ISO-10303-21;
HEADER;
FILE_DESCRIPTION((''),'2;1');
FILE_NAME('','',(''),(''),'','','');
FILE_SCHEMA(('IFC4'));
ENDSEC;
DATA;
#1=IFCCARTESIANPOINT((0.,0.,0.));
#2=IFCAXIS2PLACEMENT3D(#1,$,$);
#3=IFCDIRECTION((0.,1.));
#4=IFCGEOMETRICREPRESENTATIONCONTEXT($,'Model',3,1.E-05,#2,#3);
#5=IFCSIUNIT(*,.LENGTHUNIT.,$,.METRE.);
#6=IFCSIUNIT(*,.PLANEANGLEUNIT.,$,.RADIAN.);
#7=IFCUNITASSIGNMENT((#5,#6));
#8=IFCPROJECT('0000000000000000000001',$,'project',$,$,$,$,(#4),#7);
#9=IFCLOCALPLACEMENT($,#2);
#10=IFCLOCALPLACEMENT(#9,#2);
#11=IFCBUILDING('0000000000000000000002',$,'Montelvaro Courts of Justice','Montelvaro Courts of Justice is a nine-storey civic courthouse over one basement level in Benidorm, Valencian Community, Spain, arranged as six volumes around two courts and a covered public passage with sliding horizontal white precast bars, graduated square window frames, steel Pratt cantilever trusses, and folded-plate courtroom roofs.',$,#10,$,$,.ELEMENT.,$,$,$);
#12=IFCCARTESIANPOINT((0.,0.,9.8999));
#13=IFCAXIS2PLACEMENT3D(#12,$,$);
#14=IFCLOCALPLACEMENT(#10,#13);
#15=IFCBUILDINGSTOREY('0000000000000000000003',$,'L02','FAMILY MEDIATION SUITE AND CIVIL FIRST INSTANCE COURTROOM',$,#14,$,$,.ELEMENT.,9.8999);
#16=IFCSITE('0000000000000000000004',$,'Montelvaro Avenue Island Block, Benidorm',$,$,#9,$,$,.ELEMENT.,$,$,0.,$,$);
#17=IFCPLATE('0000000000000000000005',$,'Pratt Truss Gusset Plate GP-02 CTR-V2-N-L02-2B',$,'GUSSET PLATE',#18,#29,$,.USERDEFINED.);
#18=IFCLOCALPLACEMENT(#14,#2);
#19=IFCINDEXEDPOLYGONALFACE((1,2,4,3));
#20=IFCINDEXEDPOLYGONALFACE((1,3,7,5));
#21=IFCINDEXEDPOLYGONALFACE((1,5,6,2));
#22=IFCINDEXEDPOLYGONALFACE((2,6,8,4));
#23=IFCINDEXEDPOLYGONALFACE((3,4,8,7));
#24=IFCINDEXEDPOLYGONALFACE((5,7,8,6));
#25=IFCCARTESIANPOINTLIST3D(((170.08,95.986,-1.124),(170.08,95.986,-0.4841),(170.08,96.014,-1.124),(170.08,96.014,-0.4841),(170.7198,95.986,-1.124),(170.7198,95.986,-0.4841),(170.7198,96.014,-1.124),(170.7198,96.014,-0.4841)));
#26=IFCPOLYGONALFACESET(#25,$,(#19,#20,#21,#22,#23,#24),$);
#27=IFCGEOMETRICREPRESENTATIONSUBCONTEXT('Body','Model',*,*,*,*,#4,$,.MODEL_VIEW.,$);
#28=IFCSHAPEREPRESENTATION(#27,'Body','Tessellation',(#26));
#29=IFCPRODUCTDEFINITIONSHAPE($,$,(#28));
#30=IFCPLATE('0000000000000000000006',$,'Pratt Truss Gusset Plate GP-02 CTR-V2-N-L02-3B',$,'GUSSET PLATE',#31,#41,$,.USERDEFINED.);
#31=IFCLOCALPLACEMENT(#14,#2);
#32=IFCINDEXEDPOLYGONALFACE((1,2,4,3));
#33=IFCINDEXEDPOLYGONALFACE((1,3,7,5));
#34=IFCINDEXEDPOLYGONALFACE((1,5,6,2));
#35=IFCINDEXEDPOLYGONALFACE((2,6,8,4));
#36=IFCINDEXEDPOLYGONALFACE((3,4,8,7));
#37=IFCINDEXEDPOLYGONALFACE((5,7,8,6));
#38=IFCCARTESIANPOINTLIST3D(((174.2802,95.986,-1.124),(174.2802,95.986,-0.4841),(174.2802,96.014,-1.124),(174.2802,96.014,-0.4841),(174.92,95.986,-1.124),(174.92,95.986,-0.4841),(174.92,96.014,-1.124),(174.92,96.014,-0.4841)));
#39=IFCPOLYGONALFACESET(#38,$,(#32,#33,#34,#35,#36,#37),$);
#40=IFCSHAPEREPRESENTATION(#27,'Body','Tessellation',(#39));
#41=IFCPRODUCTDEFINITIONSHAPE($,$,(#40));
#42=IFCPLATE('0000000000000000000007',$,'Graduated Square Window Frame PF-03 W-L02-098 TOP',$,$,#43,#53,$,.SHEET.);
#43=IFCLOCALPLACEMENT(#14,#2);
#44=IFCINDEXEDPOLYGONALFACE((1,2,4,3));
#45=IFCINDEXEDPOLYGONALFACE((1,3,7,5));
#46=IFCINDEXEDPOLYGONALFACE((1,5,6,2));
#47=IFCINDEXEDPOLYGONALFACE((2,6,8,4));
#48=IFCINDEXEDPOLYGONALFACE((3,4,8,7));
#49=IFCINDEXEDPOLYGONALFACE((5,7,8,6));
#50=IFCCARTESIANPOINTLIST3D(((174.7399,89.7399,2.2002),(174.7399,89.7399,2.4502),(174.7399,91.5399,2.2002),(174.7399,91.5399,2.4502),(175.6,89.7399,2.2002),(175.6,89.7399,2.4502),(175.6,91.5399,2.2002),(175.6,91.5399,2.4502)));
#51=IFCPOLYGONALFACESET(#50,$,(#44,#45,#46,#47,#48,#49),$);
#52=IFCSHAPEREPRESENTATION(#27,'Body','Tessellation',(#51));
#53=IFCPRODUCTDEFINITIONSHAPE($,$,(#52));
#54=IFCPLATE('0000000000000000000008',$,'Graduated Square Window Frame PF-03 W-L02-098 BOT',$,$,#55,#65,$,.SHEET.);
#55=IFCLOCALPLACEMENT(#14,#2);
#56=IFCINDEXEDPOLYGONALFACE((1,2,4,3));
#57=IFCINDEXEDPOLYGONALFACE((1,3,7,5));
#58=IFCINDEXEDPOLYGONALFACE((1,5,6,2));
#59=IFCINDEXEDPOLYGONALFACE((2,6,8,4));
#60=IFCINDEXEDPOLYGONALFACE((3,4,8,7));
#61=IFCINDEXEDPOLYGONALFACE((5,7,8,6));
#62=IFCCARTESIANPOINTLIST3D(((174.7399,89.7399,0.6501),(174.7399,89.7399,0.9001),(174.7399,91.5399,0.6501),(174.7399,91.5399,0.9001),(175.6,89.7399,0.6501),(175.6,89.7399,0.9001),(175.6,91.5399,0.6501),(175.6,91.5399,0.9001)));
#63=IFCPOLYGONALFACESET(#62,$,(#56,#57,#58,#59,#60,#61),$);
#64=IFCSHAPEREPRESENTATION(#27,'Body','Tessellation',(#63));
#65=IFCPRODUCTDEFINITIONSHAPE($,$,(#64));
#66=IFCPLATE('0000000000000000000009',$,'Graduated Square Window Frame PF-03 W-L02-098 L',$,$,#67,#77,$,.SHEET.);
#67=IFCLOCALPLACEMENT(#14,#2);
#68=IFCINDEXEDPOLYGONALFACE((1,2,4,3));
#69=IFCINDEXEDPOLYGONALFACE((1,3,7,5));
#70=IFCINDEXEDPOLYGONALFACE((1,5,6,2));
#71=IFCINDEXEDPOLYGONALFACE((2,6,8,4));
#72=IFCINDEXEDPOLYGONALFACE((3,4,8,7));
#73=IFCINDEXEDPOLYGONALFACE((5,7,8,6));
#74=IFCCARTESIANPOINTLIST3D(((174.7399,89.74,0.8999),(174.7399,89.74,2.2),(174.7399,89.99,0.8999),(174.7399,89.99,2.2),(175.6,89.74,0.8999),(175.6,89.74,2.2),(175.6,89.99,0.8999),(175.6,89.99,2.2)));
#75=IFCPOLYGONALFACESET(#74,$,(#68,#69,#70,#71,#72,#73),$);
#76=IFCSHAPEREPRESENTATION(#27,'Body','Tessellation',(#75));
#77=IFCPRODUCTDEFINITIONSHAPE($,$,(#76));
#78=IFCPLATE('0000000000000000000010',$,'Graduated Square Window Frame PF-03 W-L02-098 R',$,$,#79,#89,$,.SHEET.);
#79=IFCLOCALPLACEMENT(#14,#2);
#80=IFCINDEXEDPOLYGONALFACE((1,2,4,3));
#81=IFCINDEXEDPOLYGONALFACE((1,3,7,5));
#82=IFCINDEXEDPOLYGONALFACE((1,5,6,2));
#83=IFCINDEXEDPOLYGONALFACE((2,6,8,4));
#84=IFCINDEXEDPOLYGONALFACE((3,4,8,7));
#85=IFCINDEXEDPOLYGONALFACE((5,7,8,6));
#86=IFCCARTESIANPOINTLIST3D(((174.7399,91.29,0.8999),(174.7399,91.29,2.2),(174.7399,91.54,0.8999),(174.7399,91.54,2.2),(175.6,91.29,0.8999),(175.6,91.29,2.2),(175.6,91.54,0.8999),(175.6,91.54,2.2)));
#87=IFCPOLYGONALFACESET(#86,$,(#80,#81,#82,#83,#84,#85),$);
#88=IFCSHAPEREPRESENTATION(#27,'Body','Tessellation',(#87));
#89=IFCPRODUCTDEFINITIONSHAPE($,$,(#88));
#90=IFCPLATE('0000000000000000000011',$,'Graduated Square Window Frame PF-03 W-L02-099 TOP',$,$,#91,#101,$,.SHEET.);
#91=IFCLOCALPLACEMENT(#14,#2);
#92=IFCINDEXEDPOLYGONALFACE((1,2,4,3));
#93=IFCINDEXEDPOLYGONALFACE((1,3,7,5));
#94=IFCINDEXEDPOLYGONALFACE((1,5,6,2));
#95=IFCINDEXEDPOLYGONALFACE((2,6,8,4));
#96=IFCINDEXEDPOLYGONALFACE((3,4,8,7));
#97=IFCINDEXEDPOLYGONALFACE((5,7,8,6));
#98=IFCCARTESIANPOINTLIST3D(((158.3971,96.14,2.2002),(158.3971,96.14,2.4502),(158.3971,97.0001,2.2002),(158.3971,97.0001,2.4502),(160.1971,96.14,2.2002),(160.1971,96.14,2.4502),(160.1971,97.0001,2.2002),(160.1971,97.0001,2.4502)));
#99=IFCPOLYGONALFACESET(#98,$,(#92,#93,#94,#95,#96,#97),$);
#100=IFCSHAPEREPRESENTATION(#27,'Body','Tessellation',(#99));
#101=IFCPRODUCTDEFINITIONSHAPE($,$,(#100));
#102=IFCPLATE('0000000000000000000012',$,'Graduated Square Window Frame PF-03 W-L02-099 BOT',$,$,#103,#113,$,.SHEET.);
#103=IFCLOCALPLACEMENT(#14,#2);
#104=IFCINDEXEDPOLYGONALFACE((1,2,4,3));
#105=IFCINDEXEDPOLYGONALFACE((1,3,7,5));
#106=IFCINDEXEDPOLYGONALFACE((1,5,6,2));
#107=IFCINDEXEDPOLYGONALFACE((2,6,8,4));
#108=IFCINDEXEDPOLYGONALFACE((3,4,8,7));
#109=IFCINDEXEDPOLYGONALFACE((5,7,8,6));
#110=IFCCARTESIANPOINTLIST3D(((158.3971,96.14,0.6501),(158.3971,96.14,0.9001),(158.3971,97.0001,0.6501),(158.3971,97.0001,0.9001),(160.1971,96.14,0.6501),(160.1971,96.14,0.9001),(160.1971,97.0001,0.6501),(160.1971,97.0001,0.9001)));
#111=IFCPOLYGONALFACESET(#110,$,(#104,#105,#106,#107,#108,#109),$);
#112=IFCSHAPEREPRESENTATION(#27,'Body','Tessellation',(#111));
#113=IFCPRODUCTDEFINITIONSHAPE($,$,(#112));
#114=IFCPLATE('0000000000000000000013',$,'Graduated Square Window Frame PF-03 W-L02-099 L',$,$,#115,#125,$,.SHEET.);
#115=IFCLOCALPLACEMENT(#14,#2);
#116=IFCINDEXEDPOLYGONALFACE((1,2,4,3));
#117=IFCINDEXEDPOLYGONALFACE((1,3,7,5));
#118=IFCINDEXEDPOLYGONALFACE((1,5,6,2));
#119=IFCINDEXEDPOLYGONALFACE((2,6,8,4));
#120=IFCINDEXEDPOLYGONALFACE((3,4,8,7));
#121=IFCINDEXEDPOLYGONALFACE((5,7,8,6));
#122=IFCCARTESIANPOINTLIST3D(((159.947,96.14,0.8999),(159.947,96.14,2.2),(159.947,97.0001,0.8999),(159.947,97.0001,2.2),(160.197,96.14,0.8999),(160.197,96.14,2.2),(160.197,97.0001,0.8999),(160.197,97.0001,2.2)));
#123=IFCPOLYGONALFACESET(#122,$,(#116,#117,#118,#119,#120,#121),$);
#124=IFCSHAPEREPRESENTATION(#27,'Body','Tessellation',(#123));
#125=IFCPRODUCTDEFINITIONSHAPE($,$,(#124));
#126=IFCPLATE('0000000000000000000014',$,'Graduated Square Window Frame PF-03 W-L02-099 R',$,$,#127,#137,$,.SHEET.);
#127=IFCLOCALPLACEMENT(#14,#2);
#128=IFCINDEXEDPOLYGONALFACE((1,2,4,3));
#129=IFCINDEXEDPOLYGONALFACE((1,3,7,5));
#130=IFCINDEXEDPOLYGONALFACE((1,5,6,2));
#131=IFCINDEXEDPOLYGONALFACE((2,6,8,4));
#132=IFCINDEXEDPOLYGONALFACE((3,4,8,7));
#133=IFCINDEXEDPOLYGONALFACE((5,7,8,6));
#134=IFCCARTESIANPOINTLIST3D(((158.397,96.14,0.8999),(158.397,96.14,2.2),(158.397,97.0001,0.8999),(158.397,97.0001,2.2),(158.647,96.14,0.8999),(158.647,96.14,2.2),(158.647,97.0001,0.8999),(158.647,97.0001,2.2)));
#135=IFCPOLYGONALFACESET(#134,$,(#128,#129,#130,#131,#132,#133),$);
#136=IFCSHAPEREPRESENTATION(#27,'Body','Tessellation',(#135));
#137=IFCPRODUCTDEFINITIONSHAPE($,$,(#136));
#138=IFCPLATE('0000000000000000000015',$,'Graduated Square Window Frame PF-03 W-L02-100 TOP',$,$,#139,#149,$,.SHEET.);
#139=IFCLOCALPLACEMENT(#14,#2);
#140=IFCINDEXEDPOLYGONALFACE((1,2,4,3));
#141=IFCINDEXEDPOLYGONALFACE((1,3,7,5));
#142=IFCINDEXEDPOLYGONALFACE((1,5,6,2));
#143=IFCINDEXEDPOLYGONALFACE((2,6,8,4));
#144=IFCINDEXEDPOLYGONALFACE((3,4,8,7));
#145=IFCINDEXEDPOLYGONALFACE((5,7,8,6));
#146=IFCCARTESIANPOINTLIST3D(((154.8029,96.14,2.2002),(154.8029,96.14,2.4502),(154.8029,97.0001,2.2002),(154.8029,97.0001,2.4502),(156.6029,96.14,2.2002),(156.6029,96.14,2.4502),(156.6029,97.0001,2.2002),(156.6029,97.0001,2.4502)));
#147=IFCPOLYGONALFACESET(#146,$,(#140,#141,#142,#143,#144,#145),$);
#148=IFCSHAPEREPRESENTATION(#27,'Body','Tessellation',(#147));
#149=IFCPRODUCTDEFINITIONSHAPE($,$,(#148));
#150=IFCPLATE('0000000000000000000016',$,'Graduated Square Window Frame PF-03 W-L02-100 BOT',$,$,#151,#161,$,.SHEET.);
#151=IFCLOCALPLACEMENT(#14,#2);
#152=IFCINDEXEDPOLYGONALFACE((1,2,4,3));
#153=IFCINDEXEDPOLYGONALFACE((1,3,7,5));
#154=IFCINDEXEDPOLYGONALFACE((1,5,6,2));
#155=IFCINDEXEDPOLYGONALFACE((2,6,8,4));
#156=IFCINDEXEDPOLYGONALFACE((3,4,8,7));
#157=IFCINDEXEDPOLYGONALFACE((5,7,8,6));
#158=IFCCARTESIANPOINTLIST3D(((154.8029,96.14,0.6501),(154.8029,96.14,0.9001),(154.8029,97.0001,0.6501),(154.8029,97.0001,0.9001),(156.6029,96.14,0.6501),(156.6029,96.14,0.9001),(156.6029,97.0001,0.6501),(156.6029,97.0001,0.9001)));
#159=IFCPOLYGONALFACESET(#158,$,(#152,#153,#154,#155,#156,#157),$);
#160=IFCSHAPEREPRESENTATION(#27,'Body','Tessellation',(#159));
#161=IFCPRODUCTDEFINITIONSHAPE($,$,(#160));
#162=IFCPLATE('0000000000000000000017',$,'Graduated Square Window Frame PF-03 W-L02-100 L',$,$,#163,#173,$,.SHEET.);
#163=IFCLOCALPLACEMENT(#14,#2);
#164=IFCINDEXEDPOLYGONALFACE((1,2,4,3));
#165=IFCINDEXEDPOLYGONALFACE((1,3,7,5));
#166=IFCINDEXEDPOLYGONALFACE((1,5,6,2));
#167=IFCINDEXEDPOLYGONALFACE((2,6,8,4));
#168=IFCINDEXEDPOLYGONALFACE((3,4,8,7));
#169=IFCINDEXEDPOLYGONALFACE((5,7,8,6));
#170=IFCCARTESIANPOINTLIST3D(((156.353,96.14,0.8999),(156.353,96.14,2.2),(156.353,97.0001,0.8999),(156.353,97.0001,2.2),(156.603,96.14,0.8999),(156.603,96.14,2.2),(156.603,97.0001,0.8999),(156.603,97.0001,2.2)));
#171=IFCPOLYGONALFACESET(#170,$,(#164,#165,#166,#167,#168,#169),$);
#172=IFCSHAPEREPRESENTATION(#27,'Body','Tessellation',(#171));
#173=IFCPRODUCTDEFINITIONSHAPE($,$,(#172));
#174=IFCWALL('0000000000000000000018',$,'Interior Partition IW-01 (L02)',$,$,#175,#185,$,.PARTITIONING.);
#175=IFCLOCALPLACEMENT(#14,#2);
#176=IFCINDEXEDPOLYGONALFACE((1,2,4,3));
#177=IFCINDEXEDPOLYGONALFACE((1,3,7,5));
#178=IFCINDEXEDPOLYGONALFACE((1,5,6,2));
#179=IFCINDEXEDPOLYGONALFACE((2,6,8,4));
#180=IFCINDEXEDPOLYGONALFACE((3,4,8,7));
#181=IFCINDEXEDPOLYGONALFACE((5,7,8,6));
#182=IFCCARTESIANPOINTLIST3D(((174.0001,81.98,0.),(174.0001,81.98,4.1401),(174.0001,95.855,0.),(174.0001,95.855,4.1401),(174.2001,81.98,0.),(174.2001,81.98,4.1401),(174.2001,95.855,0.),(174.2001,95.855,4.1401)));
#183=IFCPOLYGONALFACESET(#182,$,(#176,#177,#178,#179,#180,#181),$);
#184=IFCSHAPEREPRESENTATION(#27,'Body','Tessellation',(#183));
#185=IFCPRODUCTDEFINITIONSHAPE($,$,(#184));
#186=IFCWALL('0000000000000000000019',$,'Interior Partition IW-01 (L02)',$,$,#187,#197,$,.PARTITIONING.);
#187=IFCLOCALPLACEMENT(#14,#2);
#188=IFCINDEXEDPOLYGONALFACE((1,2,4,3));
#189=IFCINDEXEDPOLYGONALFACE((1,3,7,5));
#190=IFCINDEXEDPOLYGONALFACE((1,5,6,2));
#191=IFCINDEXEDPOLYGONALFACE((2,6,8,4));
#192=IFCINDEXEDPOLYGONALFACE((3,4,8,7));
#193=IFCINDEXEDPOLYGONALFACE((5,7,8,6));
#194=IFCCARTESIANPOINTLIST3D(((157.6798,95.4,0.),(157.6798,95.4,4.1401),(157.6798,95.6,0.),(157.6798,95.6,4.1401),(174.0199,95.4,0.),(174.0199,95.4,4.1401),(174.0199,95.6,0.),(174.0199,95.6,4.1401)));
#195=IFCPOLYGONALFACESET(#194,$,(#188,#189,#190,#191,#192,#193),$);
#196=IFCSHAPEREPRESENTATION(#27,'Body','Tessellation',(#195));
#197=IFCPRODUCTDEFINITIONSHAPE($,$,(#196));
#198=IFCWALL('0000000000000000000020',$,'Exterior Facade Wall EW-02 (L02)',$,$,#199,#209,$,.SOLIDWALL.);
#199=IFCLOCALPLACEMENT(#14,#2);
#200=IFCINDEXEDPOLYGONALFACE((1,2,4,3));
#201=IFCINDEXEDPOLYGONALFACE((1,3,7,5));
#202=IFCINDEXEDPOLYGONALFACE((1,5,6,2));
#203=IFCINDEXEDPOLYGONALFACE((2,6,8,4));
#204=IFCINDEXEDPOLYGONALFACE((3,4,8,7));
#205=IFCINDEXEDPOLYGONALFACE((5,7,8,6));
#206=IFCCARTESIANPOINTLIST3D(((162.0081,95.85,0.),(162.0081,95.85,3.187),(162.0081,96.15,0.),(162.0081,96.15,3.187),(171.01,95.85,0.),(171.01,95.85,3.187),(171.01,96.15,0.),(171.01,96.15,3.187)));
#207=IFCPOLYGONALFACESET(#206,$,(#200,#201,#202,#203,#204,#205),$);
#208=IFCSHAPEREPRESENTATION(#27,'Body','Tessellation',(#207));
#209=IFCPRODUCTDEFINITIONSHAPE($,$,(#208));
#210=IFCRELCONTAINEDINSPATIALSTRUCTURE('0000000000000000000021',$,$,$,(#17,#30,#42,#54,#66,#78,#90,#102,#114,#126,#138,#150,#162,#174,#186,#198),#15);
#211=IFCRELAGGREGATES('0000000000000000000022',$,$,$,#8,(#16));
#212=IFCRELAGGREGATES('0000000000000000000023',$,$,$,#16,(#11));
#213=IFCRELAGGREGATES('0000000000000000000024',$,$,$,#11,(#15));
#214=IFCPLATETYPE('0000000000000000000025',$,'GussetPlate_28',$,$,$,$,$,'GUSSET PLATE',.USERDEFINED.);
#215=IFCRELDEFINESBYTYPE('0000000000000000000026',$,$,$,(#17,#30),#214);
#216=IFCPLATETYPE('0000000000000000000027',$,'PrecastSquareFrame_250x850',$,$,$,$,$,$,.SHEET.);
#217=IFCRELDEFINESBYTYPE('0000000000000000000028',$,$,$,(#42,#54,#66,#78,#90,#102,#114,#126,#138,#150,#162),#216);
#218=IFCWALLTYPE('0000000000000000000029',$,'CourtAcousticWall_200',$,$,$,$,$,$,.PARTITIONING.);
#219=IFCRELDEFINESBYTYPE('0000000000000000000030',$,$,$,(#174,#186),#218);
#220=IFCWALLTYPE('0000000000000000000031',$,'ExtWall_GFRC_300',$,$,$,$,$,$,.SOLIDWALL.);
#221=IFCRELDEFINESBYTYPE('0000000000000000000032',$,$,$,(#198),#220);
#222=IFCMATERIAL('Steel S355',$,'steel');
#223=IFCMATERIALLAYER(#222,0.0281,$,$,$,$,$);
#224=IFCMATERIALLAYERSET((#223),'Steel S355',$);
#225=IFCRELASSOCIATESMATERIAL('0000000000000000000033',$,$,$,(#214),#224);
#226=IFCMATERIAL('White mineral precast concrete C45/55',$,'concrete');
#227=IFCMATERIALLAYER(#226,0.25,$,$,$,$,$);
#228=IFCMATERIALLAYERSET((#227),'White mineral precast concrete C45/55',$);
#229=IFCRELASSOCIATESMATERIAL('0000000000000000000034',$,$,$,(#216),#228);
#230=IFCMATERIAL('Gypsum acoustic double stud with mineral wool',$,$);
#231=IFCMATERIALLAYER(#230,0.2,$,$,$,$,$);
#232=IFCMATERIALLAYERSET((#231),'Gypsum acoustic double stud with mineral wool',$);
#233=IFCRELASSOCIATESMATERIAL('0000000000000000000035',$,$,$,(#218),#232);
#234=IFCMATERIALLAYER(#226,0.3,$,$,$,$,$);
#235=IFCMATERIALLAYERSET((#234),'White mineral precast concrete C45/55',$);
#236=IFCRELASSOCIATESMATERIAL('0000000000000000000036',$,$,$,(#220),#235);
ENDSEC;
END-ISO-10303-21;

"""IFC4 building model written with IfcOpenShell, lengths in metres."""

from ifc_helpers import new_model, si_unit, direction, frame, frame_2d, origin, origin_2d, place, context, subcontext, project, spatial, rectangle, extrude, material, layer, layer_set, type_object, element, save


model = new_model("IFC4")

# Units and contexts
model_context = context("Model", 3, precision=1e-05, world=origin(), true_north=direction((0.0, 1.0)))
body_context = subcontext(model_context, "Body", "Model", "MODEL_VIEW")
ifc_project = project(units=[si_unit("LENGTHUNIT", "METRE"), si_unit("PLANEANGLEUNIT", "RADIAN")], contexts=[model_context])

# Site, building, storey
site_placement = place(None, origin())
site = spatial("IfcSite", under=ifc_project, at=site_placement, Name="Montelvaro Avenue Island Block, Benidorm", CompositionType="ELEMENT", RefElevation=0.0)
building_placement = place(site_placement, origin())
building = spatial("IfcBuilding", under=site, at=building_placement, Name="Montelvaro Courts of Justice", Description="Montelvaro Courts of Justice is a nine-storey civic courthouse over one basement level in Benidorm, Valencian Community, Spain, arranged as six volumes around two courts and a covered public passage with sliding horizontal white precast bars, graduated square window frames, steel Pratt cantilever trusses, and folded-plate courtroom roofs.", CompositionType="ELEMENT")
storey_placement = place(building_placement, frame((0.0, 0.0, 9.8999)))
storey = spatial("IfcBuildingStorey", under=building, at=storey_placement, Name="L02", Description="FAMILY MEDIATION SUITE AND CIVIL FIRST INSTANCE COURTROOM", CompositionType="ELEMENT", Elevation=9.8999)

# Shared definitions
ifc_material_1 = material(Name="Steel S355", Category="steel")

# Plates
ifc_layer_1 = layer(ifc_material_1, 0.0281)
ifc_layer_set_1 = layer_set([ifc_layer_1], Name="Steel S355")
plate_type_1 = type_object("IfcPlateType", Name="GussetPlate_28", ElementType="GUSSET PLATE", PredefinedType="USERDEFINED", material=ifc_layer_set_1)
for number, where, z_axis, x_axis, name in (
    (1, (170.3999, 96.0, -1.124), (0.0, 0.0, 1.0), (1.0, 0.0, 0.0), "Pratt Truss Gusset Plate GP-02 CTR-V2-N-L02-2B"),
    (2, (174.6001, 96.0, -1.124), (0.0, 0.0, 1.0), (1.0, 0.0, 0.0), "Pratt Truss Gusset Plate GP-02 CTR-V2-N-L02-3B"),
):
    element("IfcPlate", number, at=place(storey_placement, frame(where, z_axis=z_axis, x_axis=x_axis)), inside=storey, type_object=plate_type_1, Name=name, ObjectType="GUSSET PLATE", PredefinedType="USERDEFINED", context=body_context, shape_type="SweptSolid", body=[
        extrude(rectangle(XDim=0.6399, YDim=0.0281, at=origin_2d()), origin(), (0.0, 0.0, 1.0), 0.6399),
    ])
ifc_material_2 = material(Name="White mineral precast concrete C45/55", Category="concrete")
ifc_layer_2 = layer(ifc_material_2, 0.25)
ifc_layer_set_2 = layer_set([ifc_layer_2], Name="White mineral precast concrete C45/55")
plate_type_2 = type_object("IfcPlateType", Name="PrecastSquareFrame_250x850", PredefinedType="SHEET", material=ifc_layer_set_2)
for number, where, z_axis, x_axis, name in (
    (3, (175.1699, 90.6399, 2.2002), (0.0, 0.0, 1.0), (0.0, 1.0, 0.0), "Graduated Square Window Frame PF-03 W-L02-098 TOP"),
    (4, (175.1699, 90.6399, 0.6501), (0.0, 0.0, 1.0), (0.0, 1.0, 0.0), "Graduated Square Window Frame PF-03 W-L02-098 BOT"),
):
    element("IfcPlate", number, at=place(storey_placement, frame(where, z_axis=z_axis, x_axis=x_axis)), inside=storey, type_object=plate_type_2, Name=name, PredefinedType="SHEET", context=body_context, shape_type="SweptSolid", body=[
        extrude(rectangle(XDim=1.8, YDim=0.8601, at=origin_2d()), origin(), (0.0, 0.0, 1.0), 0.25),
    ])
for number, where, z_axis, x_axis, name in (
    (5, (175.1699, 89.865, 0.8999), (0.0, 0.0, 1.0), (0.0, 1.0, 0.0), "Graduated Square Window Frame PF-03 W-L02-098 L"),
    (6, (175.1699, 91.415, 0.8999), (0.0, 0.0, 1.0), (0.0, 1.0, 0.0), "Graduated Square Window Frame PF-03 W-L02-098 R"),
):
    element("IfcPlate", number, at=place(storey_placement, frame(where, z_axis=z_axis, x_axis=x_axis)), inside=storey, type_object=plate_type_2, Name=name, PredefinedType="SHEET", context=body_context, shape_type="SweptSolid", body=[
        extrude(rectangle(XDim=0.25, YDim=0.8601, at=origin_2d()), origin(), (0.0, 0.0, 1.0), 1.3),
    ])
for number, where, z_axis, x_axis, name in (
    (7, (159.2971, 96.5701, 2.2002), (0.0, 0.0, 1.0), (-1.0, 0.0, 0.0), "Graduated Square Window Frame PF-03 W-L02-099 TOP"),
    (8, (159.2971, 96.5701, 0.6501), (0.0, 0.0, 1.0), (-1.0, 0.0, 0.0), "Graduated Square Window Frame PF-03 W-L02-099 BOT"),
):
    element("IfcPlate", number, at=place(storey_placement, frame(where, z_axis=z_axis, x_axis=x_axis)), inside=storey, type_object=plate_type_2, Name=name, PredefinedType="SHEET", context=body_context, shape_type="SweptSolid", body=[
        extrude(rectangle(XDim=1.8, YDim=0.8601, at=origin_2d()), origin(), (0.0, 0.0, 1.0), 0.25),
    ])
for number, where, z_axis, x_axis, name in (
    (9, (160.072, 96.5701, 0.8999), (0.0, 0.0, 1.0), (-1.0, 0.0, 0.0), "Graduated Square Window Frame PF-03 W-L02-099 L"),
    (10, (158.522, 96.5701, 0.8999), (0.0, 0.0, 1.0), (-1.0, 0.0, 0.0), "Graduated Square Window Frame PF-03 W-L02-099 R"),
):
    element("IfcPlate", number, at=place(storey_placement, frame(where, z_axis=z_axis, x_axis=x_axis)), inside=storey, type_object=plate_type_2, Name=name, PredefinedType="SHEET", context=body_context, shape_type="SweptSolid", body=[
        extrude(rectangle(XDim=0.25, YDim=0.8601, at=origin_2d()), origin(), (0.0, 0.0, 1.0), 1.3),
    ])
for number, where, z_axis, x_axis, name in (
    (11, (155.7029, 96.5701, 2.2002), (0.0, 0.0, 1.0), (-1.0, 0.0, 0.0), "Graduated Square Window Frame PF-03 W-L02-100 TOP"),
    (12, (155.7029, 96.5701, 0.6501), (0.0, 0.0, 1.0), (-1.0, 0.0, 0.0), "Graduated Square Window Frame PF-03 W-L02-100 BOT"),
):
    element("IfcPlate", number, at=place(storey_placement, frame(where, z_axis=z_axis, x_axis=x_axis)), inside=storey, type_object=plate_type_2, Name=name, PredefinedType="SHEET", context=body_context, shape_type="SweptSolid", body=[
        extrude(rectangle(XDim=1.8, YDim=0.8601, at=origin_2d()), origin(), (0.0, 0.0, 1.0), 0.25),
    ])
plate_placement = place(storey_placement, frame((156.478, 96.5701, 0.8999), z_axis=(0.0, 0.0, 1.0), x_axis=(-1.0, 0.0, 0.0)))
element("IfcPlate", 13, at=plate_placement, inside=storey, type_object=plate_type_2, Name="Graduated Square Window Frame PF-03 W-L02-100 L", PredefinedType="SHEET", context=body_context, shape_type="SweptSolid", body=[
    extrude(rectangle(XDim=0.25, YDim=0.8601, at=origin_2d()), origin(), (0.0, 0.0, 1.0), 1.3),
])

# Walls
ifc_material_3 = material(Name="Gypsum acoustic double stud with mineral wool")
ifc_layer_3 = layer(ifc_material_3, 0.2)
ifc_layer_set_3 = layer_set([ifc_layer_3], Name="Gypsum acoustic double stud with mineral wool")
wall_type_1 = type_object("IfcWallType", Name="CourtAcousticWall_200", PredefinedType="PARTITIONING", material=ifc_layer_set_3)
wall_1_placement = place(storey_placement, frame((174.1001, 95.855, 0.0), z_axis=(0.0, 0.0, 1.0), x_axis=(0.0, -1.0, 0.0)))
element("IfcWall", 14, at=wall_1_placement, inside=storey, type_object=wall_type_1, Name="Interior Partition IW-01 (L02)", PredefinedType="PARTITIONING", context=body_context, shape_type="SweptSolid", body=[
    extrude(rectangle(XDim=13.875, YDim=0.2, at=frame_2d((6.9375, 0.0))), origin(), (0.0, 0.0, 1.0), 4.1401),
])
wall_2_placement = place(storey_placement, frame((157.6799, 95.5, 0.0), z_axis=(0.0, 0.0, 1.0), x_axis=(1.0, 0.0, 0.0)))
element("IfcWall", 15, at=wall_2_placement, inside=storey, type_object=wall_type_1, Name="Interior Partition IW-01 (L02)", PredefinedType="PARTITIONING", context=body_context, shape_type="SweptSolid", body=[
    extrude(rectangle(XDim=16.3401, YDim=0.2, at=frame_2d((8.1699, 0.0))), origin(), (0.0, 0.0, 1.0), 4.1401),
])
ifc_layer_4 = layer(ifc_material_2, 0.3)
ifc_layer_set_4 = layer_set([ifc_layer_4], Name="White mineral precast concrete C45/55")
wall_type_2 = type_object("IfcWallType", Name="ExtWall_GFRC_300", PredefinedType="SOLIDWALL", material=ifc_layer_set_4)
wall_3_placement = place(storey_placement, frame((171.01, 96.0, 0.0), z_axis=(0.0, 0.0, 1.0), x_axis=(-1.0, 0.0, 0.0)))
element("IfcWall", 16, at=wall_3_placement, inside=storey, type_object=wall_type_2, Name="Exterior Facade Wall EW-02 (L02)", PredefinedType="SOLIDWALL", context=body_context, shape_type="SweptSolid", body=[
    extrude(rectangle(XDim=9.002, YDim=0.3, at=frame_2d((4.501, 0.0))), origin(), (0.0, 0.0, 1.0), 3.187),
])

save(model, "model.ifc")
